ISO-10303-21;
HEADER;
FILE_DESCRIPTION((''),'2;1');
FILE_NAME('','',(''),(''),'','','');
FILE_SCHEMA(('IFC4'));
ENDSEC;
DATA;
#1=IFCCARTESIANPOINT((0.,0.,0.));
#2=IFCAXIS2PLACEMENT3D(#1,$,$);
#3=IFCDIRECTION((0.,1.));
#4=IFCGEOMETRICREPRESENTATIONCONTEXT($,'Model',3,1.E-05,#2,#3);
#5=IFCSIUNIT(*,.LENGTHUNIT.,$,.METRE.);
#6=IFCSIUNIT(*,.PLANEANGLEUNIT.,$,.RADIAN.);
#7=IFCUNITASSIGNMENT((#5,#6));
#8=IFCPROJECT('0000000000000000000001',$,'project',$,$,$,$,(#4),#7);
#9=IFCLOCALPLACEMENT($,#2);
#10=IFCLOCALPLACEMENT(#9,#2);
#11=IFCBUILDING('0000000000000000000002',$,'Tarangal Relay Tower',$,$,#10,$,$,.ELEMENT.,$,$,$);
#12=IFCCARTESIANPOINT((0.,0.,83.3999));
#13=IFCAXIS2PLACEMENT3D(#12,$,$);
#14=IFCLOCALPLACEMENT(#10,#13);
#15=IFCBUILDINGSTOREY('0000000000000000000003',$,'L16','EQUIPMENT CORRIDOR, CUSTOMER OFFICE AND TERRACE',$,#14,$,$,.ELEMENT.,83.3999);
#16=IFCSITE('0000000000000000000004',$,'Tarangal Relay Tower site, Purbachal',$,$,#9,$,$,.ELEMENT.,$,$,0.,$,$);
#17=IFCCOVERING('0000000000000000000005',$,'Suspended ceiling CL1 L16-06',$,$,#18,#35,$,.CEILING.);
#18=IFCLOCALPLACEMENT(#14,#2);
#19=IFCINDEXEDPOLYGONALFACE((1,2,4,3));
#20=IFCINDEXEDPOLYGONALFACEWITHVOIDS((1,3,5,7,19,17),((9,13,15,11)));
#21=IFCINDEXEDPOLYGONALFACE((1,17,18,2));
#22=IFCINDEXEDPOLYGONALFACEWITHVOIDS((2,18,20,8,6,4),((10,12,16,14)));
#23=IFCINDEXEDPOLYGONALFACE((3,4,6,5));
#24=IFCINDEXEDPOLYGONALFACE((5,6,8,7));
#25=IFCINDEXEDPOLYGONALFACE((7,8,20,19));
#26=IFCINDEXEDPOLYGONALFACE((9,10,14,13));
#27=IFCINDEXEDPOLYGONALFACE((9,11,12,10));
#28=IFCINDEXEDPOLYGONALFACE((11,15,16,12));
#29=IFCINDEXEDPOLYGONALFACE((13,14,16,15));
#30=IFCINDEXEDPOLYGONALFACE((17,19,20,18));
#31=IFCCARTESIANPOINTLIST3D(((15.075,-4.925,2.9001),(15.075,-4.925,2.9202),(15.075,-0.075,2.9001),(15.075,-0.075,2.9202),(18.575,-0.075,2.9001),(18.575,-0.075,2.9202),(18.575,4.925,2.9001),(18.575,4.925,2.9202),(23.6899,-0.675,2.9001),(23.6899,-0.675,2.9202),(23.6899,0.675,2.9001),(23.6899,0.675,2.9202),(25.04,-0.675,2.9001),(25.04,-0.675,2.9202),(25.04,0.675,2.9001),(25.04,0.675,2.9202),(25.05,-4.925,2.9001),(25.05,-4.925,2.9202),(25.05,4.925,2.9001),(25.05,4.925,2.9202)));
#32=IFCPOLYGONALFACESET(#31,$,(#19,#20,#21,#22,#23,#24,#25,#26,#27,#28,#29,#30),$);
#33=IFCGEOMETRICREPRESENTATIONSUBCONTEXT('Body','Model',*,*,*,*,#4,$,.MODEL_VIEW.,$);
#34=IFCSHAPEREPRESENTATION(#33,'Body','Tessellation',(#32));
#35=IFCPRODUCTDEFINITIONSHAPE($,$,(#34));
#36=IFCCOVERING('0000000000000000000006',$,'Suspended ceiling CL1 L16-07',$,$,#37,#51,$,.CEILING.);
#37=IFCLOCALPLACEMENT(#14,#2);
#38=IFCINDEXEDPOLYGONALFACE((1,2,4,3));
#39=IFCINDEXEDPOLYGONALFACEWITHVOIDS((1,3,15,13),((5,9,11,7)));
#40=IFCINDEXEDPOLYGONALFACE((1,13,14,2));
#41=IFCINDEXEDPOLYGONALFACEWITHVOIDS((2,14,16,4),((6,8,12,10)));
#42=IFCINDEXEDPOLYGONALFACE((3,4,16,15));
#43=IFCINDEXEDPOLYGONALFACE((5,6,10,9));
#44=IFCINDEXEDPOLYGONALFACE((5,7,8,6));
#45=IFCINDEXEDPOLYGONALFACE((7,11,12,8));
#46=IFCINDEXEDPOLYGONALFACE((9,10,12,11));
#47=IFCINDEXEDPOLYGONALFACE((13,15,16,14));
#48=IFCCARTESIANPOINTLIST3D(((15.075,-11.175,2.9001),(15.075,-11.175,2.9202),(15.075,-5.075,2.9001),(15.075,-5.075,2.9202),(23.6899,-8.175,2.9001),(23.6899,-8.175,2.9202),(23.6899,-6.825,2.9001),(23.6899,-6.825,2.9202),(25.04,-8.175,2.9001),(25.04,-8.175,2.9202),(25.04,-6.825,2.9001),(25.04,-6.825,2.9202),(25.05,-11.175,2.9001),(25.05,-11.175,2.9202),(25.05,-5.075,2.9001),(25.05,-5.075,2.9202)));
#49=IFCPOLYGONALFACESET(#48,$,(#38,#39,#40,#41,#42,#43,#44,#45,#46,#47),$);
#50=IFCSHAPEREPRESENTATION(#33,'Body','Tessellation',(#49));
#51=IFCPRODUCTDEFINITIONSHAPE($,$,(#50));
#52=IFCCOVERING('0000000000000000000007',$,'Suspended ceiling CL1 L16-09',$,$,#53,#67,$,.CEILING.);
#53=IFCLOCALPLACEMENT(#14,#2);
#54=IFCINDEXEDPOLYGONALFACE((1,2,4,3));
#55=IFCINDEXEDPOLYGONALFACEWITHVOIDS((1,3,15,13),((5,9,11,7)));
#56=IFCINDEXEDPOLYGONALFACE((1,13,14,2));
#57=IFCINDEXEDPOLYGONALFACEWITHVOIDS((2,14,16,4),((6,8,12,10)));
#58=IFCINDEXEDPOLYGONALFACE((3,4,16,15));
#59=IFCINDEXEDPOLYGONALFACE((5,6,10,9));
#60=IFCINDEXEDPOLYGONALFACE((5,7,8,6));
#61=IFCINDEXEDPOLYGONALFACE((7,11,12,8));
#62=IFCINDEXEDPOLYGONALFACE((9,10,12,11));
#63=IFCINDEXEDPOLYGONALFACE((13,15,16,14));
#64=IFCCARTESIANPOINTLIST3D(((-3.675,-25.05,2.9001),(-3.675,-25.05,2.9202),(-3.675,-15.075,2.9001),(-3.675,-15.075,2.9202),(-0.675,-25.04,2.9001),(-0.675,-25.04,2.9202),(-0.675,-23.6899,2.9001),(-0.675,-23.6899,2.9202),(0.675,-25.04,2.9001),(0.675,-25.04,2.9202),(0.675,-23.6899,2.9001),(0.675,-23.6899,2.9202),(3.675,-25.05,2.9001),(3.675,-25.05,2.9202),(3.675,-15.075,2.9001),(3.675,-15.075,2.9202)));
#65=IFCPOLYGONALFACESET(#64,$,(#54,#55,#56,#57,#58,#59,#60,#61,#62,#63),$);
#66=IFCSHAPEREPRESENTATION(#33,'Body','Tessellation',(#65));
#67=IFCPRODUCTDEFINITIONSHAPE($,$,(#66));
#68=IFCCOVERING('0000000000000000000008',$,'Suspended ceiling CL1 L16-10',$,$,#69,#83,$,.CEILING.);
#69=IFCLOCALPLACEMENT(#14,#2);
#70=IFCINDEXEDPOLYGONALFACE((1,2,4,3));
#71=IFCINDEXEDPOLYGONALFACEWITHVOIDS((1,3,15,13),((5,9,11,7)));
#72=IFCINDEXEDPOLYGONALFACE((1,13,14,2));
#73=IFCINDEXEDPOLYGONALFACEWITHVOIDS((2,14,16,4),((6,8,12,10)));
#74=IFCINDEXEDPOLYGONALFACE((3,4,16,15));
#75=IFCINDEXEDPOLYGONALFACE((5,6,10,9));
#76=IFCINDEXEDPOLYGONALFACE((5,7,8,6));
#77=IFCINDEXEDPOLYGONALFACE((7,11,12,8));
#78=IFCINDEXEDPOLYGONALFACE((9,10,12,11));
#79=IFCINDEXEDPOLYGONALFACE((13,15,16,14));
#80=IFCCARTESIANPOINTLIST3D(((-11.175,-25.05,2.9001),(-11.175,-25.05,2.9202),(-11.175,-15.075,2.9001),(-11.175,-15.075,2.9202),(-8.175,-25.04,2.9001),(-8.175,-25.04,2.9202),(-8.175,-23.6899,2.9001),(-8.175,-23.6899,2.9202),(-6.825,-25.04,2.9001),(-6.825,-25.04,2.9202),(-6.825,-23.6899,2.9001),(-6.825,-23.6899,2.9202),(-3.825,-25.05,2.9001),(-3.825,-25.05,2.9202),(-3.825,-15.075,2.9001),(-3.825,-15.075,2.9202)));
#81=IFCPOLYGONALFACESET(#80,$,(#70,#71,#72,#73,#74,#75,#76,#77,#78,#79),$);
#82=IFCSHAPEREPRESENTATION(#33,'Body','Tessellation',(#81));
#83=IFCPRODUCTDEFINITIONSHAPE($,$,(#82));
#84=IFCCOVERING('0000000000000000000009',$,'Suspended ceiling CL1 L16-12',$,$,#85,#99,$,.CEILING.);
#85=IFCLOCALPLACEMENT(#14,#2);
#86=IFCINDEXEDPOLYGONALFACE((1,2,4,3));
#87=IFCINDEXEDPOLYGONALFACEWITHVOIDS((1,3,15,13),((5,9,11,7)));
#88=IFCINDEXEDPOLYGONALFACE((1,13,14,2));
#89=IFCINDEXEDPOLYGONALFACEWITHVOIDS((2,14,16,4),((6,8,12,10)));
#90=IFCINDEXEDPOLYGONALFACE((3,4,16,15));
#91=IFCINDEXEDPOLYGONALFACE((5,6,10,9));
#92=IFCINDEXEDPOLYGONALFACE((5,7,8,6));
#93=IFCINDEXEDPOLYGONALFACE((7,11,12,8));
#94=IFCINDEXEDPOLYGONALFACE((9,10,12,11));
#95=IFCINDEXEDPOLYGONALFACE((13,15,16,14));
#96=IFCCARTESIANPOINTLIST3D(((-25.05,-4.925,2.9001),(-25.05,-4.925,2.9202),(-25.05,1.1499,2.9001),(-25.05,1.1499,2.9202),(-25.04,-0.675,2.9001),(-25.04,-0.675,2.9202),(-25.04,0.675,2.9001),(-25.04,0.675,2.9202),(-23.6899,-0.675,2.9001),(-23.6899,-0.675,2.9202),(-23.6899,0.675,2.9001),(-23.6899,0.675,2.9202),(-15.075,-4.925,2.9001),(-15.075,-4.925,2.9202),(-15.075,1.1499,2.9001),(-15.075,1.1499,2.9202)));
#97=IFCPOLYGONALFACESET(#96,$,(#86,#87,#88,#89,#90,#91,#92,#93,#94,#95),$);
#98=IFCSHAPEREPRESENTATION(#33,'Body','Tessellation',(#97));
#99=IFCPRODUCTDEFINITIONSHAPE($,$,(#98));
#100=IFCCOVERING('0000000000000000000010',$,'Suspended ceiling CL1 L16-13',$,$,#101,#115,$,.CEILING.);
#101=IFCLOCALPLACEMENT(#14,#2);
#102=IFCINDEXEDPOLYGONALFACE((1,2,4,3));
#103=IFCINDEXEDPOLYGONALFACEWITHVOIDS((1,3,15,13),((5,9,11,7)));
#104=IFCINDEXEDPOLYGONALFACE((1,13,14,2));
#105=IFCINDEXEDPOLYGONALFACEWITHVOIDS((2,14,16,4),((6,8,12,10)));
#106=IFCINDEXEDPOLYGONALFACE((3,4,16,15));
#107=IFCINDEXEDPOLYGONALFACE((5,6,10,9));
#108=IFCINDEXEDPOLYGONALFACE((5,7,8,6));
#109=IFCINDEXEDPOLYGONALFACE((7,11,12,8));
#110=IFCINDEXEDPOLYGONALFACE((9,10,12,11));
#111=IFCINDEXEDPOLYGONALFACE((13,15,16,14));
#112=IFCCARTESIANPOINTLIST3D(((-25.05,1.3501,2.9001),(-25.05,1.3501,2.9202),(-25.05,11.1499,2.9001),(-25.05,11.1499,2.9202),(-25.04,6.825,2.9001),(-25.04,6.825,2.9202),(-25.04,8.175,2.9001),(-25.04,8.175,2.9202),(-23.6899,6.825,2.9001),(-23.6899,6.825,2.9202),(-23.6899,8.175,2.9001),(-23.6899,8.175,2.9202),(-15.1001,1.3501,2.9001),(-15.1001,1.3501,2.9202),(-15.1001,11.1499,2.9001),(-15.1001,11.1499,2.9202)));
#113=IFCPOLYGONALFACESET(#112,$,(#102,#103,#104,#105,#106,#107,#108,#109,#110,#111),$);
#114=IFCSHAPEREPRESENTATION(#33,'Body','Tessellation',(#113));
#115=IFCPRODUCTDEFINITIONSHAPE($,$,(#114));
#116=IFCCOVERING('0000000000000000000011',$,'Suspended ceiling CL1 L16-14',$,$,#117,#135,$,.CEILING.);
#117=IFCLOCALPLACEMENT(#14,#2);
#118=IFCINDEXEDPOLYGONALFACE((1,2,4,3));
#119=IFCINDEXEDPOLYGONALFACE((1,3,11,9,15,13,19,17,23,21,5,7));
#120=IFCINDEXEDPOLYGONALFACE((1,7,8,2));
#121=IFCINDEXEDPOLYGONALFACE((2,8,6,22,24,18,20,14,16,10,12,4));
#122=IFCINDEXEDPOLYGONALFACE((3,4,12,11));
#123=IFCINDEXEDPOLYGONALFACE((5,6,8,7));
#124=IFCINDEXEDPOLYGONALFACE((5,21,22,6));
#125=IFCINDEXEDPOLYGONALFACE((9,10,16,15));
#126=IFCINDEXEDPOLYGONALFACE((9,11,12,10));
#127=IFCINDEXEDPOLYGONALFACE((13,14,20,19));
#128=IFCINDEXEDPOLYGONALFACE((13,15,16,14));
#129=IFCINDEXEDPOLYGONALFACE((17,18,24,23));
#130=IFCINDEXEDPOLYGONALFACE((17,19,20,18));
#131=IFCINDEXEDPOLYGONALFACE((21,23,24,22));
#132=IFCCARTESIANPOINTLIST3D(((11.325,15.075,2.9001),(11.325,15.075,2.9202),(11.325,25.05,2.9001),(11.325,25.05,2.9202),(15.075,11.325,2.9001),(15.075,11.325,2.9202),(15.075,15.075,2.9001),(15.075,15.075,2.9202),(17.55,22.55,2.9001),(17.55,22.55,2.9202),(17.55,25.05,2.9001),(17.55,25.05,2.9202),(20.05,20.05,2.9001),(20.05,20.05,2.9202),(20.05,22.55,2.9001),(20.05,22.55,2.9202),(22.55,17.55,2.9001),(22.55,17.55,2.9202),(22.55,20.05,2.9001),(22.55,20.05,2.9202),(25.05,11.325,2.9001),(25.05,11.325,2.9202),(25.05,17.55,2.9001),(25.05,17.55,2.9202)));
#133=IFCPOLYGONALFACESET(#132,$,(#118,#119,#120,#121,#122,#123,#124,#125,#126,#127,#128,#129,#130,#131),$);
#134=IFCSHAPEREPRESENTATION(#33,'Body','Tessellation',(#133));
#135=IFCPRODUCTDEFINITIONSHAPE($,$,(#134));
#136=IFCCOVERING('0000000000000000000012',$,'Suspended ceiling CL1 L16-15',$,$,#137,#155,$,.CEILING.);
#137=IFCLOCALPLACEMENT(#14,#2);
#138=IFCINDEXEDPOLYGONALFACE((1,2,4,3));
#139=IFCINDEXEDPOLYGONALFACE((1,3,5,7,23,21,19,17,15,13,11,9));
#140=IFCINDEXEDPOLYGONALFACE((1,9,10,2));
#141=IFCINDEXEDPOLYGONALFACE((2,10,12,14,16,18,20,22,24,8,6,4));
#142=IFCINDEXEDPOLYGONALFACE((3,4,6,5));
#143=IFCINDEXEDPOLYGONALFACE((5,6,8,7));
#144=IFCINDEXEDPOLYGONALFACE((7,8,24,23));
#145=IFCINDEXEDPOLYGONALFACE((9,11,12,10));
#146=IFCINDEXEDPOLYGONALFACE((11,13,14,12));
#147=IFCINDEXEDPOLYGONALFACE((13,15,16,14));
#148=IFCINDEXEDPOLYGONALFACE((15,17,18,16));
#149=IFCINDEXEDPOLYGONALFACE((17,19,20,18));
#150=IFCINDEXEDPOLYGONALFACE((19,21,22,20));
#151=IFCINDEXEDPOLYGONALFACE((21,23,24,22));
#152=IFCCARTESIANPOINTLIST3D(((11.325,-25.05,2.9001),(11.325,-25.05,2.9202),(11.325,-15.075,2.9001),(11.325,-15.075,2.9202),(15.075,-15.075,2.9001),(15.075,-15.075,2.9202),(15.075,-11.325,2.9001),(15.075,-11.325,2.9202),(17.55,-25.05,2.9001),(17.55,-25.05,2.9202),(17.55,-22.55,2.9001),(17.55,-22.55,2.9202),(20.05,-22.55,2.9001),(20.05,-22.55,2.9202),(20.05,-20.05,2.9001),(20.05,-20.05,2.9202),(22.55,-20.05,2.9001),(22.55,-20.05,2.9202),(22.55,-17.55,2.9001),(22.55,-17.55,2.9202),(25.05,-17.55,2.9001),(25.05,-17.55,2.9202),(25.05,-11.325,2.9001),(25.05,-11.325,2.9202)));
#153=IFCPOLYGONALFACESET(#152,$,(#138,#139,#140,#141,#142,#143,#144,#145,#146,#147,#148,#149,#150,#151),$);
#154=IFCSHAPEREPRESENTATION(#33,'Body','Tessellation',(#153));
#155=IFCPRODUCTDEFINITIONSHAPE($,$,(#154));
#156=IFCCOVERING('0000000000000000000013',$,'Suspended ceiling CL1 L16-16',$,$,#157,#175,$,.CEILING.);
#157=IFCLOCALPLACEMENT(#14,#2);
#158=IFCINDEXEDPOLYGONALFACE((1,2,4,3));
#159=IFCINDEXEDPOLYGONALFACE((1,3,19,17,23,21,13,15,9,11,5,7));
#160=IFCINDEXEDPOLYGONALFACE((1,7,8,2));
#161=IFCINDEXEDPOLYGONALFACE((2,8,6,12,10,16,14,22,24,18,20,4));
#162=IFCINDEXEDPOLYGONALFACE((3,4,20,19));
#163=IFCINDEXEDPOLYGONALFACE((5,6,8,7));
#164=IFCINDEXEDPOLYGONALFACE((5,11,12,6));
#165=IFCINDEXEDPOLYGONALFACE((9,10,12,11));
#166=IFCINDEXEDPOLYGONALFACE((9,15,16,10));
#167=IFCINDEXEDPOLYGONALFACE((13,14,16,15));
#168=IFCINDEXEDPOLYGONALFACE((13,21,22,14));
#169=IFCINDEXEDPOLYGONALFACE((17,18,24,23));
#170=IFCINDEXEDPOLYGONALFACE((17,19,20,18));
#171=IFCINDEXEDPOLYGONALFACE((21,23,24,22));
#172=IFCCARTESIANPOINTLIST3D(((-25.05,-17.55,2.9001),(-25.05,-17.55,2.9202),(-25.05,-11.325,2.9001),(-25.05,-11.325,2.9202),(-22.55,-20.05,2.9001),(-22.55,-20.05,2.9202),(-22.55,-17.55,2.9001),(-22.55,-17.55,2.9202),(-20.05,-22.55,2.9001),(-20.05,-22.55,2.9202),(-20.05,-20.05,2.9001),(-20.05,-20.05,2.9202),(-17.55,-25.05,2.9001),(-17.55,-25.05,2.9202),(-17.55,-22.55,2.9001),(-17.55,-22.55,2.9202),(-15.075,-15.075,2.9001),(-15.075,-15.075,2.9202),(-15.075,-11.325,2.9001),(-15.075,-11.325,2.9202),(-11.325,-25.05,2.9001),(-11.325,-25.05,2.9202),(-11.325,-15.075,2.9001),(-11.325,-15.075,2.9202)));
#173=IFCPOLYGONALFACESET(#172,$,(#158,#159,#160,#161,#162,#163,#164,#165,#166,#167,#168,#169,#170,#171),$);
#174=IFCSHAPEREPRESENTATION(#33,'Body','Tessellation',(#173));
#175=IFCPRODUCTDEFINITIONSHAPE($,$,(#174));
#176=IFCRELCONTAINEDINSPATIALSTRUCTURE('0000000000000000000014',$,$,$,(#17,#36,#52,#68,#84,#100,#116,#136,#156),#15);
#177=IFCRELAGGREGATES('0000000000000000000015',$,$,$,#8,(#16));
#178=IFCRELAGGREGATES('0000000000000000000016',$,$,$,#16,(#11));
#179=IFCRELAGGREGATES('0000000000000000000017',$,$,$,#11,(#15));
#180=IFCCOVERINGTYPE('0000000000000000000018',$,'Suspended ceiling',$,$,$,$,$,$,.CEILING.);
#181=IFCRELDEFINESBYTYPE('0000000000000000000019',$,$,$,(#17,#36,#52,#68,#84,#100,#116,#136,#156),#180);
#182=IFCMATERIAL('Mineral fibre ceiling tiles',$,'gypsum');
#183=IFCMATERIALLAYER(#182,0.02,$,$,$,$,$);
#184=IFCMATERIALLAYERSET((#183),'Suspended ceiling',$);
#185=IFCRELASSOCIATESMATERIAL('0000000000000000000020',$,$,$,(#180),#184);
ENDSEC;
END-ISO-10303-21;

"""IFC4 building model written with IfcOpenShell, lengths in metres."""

from ifc_helpers import new_model, si_unit, direction, frame, origin, place, context, subcontext, project, spatial, polyline, outline, extrude, material, layer, layer_set, type_object, element, save


model = new_model("IFC4")

# Units and contexts
model_context = context("Model", 3, precision=1e-05, world=origin(), true_north=direction((0.0, 1.0)))
body_context = subcontext(model_context, "Body", "Model", "MODEL_VIEW")
ifc_project = project(units=[si_unit("LENGTHUNIT", "METRE"), si_unit("PLANEANGLEUNIT", "RADIAN")], contexts=[model_context])

# Site, building, storey
site_placement = place(None, origin())
site = spatial("IfcSite", under=ifc_project, at=site_placement, Name="Tarangal Relay Tower site, Purbachal", CompositionType="ELEMENT", RefElevation=0.0)
building_placement = place(site_placement, origin())
building = spatial("IfcBuilding", under=site, at=building_placement, Name="Tarangal Relay Tower", CompositionType="ELEMENT")
storey_placement = place(building_placement, frame((0.0, 0.0, 83.3999)))
storey = spatial("IfcBuildingStorey", under=building, at=storey_placement, Name="L16", Description="EQUIPMENT CORRIDOR, CUSTOMER OFFICE AND TERRACE", CompositionType="ELEMENT", Elevation=83.3999)

# Coverings
ifc_material_1 = material(Name="Mineral fibre ceiling tiles", Category="gypsum")
ifc_layer_1 = layer(ifc_material_1, 0.02)
ifc_layer_set_1 = layer_set([ifc_layer_1], Name="Suspended ceiling")
covering_type_1 = type_object("IfcCoveringType", Name="Suspended ceiling", PredefinedType="CEILING", material=ifc_layer_set_1)
covering_1_placement = place(storey_placement, frame((0.0, 0.0, 2.9001)))
element("IfcCovering", 1, at=covering_1_placement, inside=storey, type_object=covering_type_1, Name="Suspended ceiling CL1 L16-06", PredefinedType="CEILING", context=body_context, shape_type="SweptSolid", body=[
    extrude(outline(polyline([(25.05, -4.925), (25.05, 4.925), (18.575, 4.925), (18.575, -0.075), (15.075, -0.075), (15.075, -4.925), (25.05, -4.925)]), holes=[polyline([(25.04, 0.675), (23.6899, 0.675), (23.6899, -0.675), (25.04, -0.675), (25.04, 0.675)])]), origin(), (0.0, 0.0, 1.0), 0.02),
])
covering_2_placement = place(storey_placement, frame((0.0, 0.0, 2.9001)))
element("IfcCovering", 2, at=covering_2_placement, inside=storey, type_object=covering_type_1, Name="Suspended ceiling CL1 L16-07", PredefinedType="CEILING", context=body_context, shape_type="SweptSolid", body=[
    extrude(outline(polyline([(25.05, -11.175), (25.05, -5.075), (15.075, -5.075), (15.075, -11.175), (25.05, -11.175)]), holes=[polyline([(25.04, -6.825), (23.6899, -6.825), (23.6899, -8.175), (25.04, -8.175), (25.04, -6.825)])]), origin(), (0.0, 0.0, 1.0), 0.02),
])
covering_3_placement = place(storey_placement, frame((0.0, 0.0, 2.9001)))
element("IfcCovering", 3, at=covering_3_placement, inside=storey, type_object=covering_type_1, Name="Suspended ceiling CL1 L16-09", PredefinedType="CEILING", context=body_context, shape_type="SweptSolid", body=[
    extrude(outline(polyline([(-3.675, -25.05), (3.675, -25.05), (3.675, -15.075), (-3.675, -15.075), (-3.675, -25.05)]), holes=[polyline([(0.675, -23.6899), (-0.675, -23.6899), (-0.675, -25.04), (0.675, -25.04), (0.675, -23.6899)])]), origin(), (0.0, 0.0, 1.0), 0.02),
])
covering_4_placement = place(storey_placement, frame((0.0, 0.0, 2.9001)))
element("IfcCovering", 4, at=covering_4_placement, inside=storey, type_object=covering_type_1, Name="Suspended ceiling CL1 L16-10", PredefinedType="CEILING", context=body_context, shape_type="SweptSolid", body=[
    extrude(outline(polyline([(-11.175, -25.05), (-3.825, -25.05), (-3.825, -15.075), (-11.175, -15.075), (-11.175, -25.05)]), holes=[polyline([(-6.825, -23.6899), (-8.175, -23.6899), (-8.175, -25.04), (-6.825, -25.04), (-6.825, -23.6899)])]), origin(), (0.0, 0.0, 1.0), 0.02),
])
covering_5_placement = place(storey_placement, frame((0.0, 0.0, 2.9001)))
element("IfcCovering", 5, at=covering_5_placement, inside=storey, type_object=covering_type_1, Name="Suspended ceiling CL1 L16-12", PredefinedType="CEILING", context=body_context, shape_type="SweptSolid", body=[
    extrude(outline(polyline([(-25.05, -4.925), (-15.075, -4.925), (-15.075, 1.1499), (-25.05, 1.1499), (-25.05, -4.925)]), holes=[polyline([(-23.6899, 0.675), (-25.04, 0.675), (-25.04, -0.675), (-23.6899, -0.675), (-23.6899, 0.675)])]), origin(), (0.0, 0.0, 1.0), 0.02),
])
covering_6_placement = place(storey_placement, frame((0.0, 0.0, 2.9001)))
element("IfcCovering", 6, at=covering_6_placement, inside=storey, type_object=covering_type_1, Name="Suspended ceiling CL1 L16-13", PredefinedType="CEILING", context=body_context, shape_type="SweptSolid", body=[
    extrude(outline(polyline([(-25.05, 11.1499), (-25.05, 1.3501), (-15.1001, 1.3501), (-15.1001, 11.1499), (-25.05, 11.1499)]), holes=[polyline([(-23.6899, 8.175), (-25.04, 8.175), (-25.04, 6.825), (-23.6899, 6.825), (-23.6899, 8.175)])]), origin(), (0.0, 0.0, 1.0), 0.02),
])
covering_7_placement = place(storey_placement, frame((0.0, 0.0, 2.9001)))
element("IfcCovering", 7, at=covering_7_placement, inside=storey, type_object=covering_type_1, Name="Suspended ceiling CL1 L16-14", PredefinedType="CEILING", context=body_context, shape_type="SweptSolid", body=[
    extrude(outline(polyline([(17.55, 25.05), (11.325, 25.05), (11.325, 15.075), (15.075, 15.075), (15.075, 11.325), (25.05, 11.325), (25.05, 17.55), (22.55, 17.55), (22.55, 20.05), (20.05, 20.05), (20.05, 22.55), (17.55, 22.55), (17.55, 25.05)])), origin(), (0.0, 0.0, 1.0), 0.02),
])
covering_8_placement = place(storey_placement, frame((0.0, 0.0, 2.9001)))
element("IfcCovering", 8, at=covering_8_placement, inside=storey, type_object=covering_type_1, Name="Suspended ceiling CL1 L16-15", PredefinedType="CEILING", context=body_context, shape_type="SweptSolid", body=[
    extrude(outline(polyline([(25.05, -17.55), (25.05, -11.325), (15.075, -11.325), (15.075, -15.075), (11.325, -15.075), (11.325, -25.05), (17.55, -25.05), (17.55, -22.55), (20.05, -22.55), (20.05, -20.05), (22.55, -20.05), (22.55, -17.55), (25.05, -17.55)])), origin(), (0.0, 0.0, 1.0), 0.02),
])
covering_9_placement = place(storey_placement, frame((0.0, 0.0, 2.9001)))
element("IfcCovering", 9, at=covering_9_placement, inside=storey, type_object=covering_type_1, Name="Suspended ceiling CL1 L16-16", PredefinedType="CEILING", context=body_context, shape_type="SweptSolid", body=[
    extrude(outline(polyline([(-17.55, -22.55), (-17.55, -25.05), (-11.325, -25.05), (-11.325, -15.075), (-15.075, -15.075), (-15.075, -11.325), (-25.05, -11.325), (-25.05, -17.55), (-22.55, -17.55), (-22.55, -20.05), (-20.05, -20.05), (-20.05, -22.55), (-17.55, -22.55)])), origin(), (0.0, 0.0, 1.0), 0.02),
])

save(model, "model.ifc")
